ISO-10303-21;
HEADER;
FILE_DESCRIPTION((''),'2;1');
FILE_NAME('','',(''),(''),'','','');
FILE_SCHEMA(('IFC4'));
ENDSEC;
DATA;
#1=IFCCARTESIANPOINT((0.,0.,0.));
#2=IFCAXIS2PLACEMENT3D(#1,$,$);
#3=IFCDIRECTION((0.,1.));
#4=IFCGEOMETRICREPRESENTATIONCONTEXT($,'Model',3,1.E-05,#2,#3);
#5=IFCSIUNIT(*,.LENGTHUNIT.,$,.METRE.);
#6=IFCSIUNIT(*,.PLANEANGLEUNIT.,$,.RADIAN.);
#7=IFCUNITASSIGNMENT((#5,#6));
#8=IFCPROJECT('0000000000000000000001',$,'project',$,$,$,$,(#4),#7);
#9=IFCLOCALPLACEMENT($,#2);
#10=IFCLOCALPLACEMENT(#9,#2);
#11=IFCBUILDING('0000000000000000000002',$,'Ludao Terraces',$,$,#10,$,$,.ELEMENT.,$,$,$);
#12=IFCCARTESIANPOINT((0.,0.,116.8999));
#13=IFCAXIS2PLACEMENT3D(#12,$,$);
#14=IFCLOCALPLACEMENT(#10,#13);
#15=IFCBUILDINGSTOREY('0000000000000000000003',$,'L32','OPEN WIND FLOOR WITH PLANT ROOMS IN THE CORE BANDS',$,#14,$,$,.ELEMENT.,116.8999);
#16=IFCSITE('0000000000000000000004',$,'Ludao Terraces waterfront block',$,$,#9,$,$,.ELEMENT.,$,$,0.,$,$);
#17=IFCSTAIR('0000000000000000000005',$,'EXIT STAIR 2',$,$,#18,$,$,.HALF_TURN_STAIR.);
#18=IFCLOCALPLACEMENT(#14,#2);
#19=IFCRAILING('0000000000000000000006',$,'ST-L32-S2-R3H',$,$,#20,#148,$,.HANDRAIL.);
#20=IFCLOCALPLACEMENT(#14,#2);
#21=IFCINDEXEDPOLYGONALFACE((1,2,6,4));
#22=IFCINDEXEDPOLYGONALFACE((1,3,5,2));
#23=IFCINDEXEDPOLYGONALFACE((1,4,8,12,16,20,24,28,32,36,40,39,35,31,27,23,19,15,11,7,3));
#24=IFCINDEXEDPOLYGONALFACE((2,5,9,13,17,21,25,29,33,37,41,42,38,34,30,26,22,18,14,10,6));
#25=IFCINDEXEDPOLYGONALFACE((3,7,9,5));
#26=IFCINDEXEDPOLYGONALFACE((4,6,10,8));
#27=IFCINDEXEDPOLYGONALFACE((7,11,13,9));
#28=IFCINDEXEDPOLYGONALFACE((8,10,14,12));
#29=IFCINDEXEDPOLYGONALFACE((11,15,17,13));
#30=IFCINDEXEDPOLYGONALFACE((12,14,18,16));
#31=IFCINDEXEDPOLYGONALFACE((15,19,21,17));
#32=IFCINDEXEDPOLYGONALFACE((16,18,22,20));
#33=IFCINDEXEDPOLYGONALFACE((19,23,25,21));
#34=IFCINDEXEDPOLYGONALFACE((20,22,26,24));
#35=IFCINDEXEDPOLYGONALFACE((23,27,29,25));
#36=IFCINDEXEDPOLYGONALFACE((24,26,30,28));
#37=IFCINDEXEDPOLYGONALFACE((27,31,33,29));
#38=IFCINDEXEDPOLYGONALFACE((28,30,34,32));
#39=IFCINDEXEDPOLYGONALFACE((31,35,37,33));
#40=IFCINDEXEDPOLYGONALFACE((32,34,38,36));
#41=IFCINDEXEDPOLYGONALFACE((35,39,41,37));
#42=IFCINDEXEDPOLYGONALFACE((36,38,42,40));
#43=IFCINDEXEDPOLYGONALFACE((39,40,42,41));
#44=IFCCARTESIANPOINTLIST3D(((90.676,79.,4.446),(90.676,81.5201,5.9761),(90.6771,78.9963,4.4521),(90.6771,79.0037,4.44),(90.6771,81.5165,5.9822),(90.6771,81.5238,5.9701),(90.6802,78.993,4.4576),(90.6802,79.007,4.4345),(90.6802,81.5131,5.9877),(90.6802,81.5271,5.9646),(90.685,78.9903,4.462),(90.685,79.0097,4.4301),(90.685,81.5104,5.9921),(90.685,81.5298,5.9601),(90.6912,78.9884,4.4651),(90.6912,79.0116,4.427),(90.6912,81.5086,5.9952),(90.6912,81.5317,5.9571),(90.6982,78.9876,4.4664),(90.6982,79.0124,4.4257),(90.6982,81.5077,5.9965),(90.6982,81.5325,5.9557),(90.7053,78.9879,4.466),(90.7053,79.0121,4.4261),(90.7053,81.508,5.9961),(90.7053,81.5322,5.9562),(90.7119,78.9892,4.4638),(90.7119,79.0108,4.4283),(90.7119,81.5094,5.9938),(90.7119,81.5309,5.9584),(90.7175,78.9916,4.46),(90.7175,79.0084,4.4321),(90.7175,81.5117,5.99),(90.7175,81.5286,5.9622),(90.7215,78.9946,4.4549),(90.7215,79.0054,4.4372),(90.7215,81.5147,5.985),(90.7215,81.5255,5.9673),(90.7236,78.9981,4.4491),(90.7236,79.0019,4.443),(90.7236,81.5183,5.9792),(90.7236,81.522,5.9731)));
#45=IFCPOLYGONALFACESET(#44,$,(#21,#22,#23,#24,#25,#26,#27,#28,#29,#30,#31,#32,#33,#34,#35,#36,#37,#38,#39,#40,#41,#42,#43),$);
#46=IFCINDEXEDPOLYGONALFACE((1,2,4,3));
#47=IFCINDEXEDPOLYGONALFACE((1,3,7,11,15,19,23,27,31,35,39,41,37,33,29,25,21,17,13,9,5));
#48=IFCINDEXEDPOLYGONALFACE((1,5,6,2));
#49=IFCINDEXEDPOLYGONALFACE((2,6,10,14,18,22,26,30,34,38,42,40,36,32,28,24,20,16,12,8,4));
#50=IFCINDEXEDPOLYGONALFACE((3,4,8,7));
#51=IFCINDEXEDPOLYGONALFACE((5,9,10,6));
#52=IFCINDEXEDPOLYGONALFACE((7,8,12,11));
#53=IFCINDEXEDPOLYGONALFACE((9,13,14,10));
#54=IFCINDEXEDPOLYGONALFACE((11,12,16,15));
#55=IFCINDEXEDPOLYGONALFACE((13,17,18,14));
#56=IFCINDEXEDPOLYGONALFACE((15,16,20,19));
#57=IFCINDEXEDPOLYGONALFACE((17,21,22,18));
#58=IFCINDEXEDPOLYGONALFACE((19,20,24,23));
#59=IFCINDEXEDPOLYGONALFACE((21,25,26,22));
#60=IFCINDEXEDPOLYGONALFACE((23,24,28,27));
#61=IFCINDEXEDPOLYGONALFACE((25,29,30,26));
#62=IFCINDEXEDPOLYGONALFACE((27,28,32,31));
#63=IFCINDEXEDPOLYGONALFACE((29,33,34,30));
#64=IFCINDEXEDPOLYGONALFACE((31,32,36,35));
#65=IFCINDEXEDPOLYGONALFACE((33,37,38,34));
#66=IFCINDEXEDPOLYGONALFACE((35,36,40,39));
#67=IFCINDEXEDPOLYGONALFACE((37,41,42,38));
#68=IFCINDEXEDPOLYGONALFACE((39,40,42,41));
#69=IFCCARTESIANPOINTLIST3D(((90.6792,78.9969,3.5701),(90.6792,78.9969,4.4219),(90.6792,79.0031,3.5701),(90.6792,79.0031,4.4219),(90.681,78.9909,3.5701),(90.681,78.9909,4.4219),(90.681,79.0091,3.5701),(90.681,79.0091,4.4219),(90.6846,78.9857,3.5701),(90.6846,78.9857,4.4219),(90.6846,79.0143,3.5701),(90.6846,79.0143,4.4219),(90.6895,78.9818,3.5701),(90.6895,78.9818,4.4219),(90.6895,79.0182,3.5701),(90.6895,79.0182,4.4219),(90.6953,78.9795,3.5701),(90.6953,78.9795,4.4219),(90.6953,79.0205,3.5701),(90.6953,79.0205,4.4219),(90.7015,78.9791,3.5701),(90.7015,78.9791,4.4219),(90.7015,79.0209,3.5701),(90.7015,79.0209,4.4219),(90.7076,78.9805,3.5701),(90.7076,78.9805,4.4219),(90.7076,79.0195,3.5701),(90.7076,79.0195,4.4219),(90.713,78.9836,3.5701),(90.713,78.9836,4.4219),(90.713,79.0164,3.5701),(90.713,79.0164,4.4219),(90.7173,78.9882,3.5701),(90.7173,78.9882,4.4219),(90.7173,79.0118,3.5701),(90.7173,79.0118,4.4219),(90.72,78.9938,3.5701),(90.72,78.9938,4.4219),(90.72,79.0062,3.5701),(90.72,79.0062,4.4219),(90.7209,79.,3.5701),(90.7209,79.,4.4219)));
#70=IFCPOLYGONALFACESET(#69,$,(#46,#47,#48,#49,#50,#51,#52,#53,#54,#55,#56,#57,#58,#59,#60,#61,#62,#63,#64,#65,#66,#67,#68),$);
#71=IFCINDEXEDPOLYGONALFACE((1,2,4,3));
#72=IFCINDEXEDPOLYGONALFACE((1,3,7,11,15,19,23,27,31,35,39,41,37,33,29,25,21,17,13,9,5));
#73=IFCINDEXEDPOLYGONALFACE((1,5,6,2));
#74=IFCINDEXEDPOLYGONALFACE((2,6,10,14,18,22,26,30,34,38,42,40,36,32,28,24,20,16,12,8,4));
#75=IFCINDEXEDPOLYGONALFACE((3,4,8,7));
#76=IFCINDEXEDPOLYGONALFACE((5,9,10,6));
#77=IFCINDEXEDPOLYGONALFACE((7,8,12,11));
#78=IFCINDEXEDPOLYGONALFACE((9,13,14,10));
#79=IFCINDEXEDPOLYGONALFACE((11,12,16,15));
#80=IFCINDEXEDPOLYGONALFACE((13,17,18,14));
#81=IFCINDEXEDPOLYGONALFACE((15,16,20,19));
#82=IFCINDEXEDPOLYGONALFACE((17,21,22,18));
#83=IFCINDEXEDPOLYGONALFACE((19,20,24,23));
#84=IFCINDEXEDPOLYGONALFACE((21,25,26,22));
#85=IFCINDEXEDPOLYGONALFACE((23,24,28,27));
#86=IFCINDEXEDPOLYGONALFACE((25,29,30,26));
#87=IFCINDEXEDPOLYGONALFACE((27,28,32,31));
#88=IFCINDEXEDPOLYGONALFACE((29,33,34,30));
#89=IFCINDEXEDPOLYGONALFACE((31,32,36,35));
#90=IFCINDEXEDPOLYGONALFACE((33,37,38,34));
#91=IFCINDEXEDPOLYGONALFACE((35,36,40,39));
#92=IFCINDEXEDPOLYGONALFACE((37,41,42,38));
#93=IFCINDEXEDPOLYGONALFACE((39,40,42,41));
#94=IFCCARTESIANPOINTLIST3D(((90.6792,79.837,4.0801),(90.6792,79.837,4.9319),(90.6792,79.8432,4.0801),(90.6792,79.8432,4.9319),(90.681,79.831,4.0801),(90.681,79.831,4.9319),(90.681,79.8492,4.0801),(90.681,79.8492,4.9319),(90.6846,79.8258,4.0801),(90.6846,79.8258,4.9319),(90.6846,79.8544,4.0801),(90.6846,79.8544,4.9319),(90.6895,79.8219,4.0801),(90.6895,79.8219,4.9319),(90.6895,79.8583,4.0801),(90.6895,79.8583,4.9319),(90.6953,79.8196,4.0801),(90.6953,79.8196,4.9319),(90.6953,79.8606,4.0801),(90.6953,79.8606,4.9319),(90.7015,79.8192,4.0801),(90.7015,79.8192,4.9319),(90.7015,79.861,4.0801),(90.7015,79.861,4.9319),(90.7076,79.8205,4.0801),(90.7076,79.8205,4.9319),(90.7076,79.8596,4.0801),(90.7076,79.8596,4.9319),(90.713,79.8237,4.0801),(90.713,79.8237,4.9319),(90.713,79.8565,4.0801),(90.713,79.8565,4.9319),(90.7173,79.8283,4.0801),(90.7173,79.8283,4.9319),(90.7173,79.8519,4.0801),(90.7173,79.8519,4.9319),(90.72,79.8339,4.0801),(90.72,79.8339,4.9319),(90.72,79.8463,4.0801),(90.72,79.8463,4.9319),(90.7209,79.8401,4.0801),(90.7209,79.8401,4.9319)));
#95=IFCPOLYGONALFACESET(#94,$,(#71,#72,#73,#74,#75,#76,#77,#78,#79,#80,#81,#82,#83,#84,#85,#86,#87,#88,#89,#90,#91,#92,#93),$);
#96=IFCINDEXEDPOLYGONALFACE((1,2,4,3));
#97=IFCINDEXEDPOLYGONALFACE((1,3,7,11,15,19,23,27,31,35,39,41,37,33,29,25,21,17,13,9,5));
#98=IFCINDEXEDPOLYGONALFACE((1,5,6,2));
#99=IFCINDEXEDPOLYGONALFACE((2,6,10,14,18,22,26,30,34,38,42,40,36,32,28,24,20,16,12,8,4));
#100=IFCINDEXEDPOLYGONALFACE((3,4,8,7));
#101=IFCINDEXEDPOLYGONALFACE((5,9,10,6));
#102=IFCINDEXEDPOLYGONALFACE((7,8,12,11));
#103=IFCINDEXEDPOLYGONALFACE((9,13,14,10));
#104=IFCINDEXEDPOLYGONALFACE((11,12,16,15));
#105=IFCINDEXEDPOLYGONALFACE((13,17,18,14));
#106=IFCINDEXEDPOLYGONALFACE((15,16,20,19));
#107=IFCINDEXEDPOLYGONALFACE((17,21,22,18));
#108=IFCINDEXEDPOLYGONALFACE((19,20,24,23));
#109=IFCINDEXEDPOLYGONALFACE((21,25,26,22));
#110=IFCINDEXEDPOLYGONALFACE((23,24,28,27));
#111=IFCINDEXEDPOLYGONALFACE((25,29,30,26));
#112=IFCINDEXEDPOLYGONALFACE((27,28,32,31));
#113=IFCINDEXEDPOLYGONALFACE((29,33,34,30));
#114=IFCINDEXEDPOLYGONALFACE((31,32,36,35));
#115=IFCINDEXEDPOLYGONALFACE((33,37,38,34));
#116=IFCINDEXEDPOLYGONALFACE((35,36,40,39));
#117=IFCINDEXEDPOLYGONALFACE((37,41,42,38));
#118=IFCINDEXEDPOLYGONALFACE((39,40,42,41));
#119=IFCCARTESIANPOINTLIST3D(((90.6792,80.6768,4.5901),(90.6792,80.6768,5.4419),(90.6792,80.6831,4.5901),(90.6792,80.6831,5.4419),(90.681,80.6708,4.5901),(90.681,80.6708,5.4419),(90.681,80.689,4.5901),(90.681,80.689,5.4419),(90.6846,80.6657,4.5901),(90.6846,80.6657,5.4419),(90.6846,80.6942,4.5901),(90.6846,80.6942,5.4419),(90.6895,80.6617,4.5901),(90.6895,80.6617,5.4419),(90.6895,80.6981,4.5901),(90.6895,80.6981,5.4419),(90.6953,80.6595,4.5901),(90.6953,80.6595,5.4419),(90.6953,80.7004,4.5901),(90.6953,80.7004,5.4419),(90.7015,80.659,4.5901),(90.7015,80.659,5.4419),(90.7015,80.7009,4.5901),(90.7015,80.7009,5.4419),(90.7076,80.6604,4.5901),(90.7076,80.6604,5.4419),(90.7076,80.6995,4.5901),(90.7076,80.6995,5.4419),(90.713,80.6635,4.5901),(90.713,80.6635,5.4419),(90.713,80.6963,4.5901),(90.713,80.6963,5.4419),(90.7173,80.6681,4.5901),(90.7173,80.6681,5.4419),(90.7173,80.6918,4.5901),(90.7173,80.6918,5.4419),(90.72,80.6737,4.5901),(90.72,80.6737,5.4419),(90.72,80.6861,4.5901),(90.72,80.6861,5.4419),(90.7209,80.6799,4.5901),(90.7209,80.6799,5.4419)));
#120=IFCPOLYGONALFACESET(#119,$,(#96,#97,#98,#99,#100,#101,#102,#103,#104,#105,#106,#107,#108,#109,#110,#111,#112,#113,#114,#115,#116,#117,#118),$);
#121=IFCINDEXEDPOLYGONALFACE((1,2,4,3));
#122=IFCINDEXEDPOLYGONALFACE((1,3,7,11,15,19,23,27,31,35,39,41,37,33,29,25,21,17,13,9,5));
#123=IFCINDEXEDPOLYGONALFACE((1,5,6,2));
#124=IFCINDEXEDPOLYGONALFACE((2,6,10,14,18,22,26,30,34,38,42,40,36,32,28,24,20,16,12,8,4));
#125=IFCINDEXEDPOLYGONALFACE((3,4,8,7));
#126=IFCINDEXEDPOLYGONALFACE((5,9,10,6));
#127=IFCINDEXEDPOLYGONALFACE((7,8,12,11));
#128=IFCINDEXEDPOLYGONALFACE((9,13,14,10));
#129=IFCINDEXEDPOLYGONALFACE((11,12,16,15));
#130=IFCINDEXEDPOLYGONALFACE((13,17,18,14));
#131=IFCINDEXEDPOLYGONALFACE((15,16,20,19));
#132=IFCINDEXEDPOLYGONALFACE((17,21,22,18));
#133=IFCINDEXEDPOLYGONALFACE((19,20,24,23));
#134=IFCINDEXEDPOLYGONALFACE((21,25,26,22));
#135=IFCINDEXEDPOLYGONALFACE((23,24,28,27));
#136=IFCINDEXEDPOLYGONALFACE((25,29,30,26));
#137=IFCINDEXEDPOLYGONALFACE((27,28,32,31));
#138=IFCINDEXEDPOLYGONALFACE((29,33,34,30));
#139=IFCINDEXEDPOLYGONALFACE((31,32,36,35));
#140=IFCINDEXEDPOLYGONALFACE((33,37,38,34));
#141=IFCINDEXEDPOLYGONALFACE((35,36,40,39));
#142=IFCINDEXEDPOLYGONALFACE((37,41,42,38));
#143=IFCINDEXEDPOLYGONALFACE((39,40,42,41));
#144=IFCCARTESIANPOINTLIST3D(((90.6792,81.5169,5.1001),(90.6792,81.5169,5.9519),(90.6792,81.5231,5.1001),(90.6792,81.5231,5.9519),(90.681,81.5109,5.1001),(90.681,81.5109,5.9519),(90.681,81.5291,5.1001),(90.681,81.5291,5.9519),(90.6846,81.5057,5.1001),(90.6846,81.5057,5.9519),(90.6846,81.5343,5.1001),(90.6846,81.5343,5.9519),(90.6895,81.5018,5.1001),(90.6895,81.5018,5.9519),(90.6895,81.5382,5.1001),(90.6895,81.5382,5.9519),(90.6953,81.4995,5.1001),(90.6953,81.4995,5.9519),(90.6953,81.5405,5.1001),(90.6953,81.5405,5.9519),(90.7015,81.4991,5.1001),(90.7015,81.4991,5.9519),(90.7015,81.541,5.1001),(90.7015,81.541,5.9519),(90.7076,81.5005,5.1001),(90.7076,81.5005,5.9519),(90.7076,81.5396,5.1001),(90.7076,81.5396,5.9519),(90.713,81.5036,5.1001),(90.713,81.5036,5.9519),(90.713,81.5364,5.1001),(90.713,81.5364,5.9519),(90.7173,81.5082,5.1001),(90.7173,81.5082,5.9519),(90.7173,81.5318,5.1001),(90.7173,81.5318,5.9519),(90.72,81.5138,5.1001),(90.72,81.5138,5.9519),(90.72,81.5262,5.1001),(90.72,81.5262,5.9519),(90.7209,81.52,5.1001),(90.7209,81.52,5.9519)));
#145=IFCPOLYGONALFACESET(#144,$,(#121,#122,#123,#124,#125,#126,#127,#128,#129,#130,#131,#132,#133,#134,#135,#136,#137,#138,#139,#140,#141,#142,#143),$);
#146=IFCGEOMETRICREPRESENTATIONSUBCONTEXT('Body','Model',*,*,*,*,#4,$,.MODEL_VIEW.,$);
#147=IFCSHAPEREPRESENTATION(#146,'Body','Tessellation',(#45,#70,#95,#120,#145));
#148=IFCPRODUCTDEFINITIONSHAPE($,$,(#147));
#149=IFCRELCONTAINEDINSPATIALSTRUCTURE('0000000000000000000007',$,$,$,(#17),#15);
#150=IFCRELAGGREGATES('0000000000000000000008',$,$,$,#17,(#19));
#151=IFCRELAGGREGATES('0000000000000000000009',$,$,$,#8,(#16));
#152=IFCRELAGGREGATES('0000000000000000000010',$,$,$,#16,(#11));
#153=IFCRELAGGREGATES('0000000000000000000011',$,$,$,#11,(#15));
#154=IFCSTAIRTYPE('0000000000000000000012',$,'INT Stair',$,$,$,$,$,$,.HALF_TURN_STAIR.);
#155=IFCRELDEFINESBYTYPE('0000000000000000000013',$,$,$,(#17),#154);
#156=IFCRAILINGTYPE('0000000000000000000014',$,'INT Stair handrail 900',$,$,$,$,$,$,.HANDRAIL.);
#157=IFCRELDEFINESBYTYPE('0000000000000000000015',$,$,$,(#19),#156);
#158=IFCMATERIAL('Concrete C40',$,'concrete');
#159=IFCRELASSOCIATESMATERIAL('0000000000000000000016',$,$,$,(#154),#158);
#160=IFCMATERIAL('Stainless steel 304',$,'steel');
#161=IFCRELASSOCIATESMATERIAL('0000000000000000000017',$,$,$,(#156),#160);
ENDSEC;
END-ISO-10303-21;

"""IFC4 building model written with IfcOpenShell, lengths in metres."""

from ifc_helpers import new_model, si_unit, direction, frame, origin, origin_2d, place, context, subcontext, project, spatial, circle, extrude, material, type_object, element, aggregate, save


model = new_model("IFC4")

# Units and contexts
model_context = context("Model", 3, precision=1e-05, world=origin(), true_north=direction((0.0, 1.0)))
body_context = subcontext(model_context, "Body", "Model", "MODEL_VIEW")
ifc_project = project(units=[si_unit("LENGTHUNIT", "METRE"), si_unit("PLANEANGLEUNIT", "RADIAN")], contexts=[model_context])

# Site, building, storey
site_placement = place(None, origin())
site = spatial("IfcSite", under=ifc_project, at=site_placement, Name="Ludao Terraces waterfront block", CompositionType="ELEMENT", RefElevation=0.0)
building_placement = place(site_placement, origin())
building = spatial("IfcBuilding", under=site, at=building_placement, Name="Ludao Terraces", CompositionType="ELEMENT")
storey_placement = place(building_placement, frame((0.0, 0.0, 116.8999)))
storey = spatial("IfcBuildingStorey", under=building, at=storey_placement, Name="L32", Description="OPEN WIND FLOOR WITH PLANT ROOMS IN THE CORE BANDS", CompositionType="ELEMENT", Elevation=116.8999)

# Stair, railing
ifc_material_1 = material(Name="Concrete C40", Category="concrete")
stair_type = type_object("IfcStairType", Name="INT Stair", PredefinedType="HALF_TURN_STAIR", material=ifc_material_1)
stair_placement = place(storey_placement, origin())
stair = element("IfcStair", 1, at=stair_placement, inside=storey, type_object=stair_type, Name="EXIT STAIR 2", PredefinedType="HALF_TURN_STAIR")
ifc_material_2 = material(Name="Stainless steel 304", Category="steel")
railing_type = type_object("IfcRailingType", Name="INT Stair handrail 900", PredefinedType="HANDRAIL", material=ifc_material_2)
railing_1_placement = place(storey_placement, frame((90.7, 79.0, 3.5701)))
railing_1 = element("IfcRailing", 2, at=railing_1_placement, type_object=railing_type, Name="ST-L32-S2-R3H", PredefinedType="HANDRAIL", context=body_context, shape_type="SweptSolid", body=[
    extrude(circle(Radius=0.0239, at=origin_2d()), frame((0.0, 0.0, 0.876), z_axis=(0.0, 0.854785, 0.518982), x_axis=(-1.0, 0.0, 0.0)), (0.0, 0.0, 1.0), 2.9482),
    extrude(circle(Radius=0.021, at=origin_2d()), origin(), (0.0, 0.0, 1.0), 0.8518),
    extrude(circle(Radius=0.021, at=origin_2d()), frame((0.0, 0.8401, 0.51)), (0.0, 0.0, 1.0), 0.8518),
    extrude(circle(Radius=0.021, at=origin_2d()), frame((0.0, 1.6799, 1.02)), (0.0, 0.0, 1.0), 0.8518),
    extrude(circle(Radius=0.021, at=origin_2d()), frame((0.0, 2.52, 1.53)), (0.0, 0.0, 1.0), 0.8518),
])
aggregate(stair, [railing_1])

save(model, "model.ifc")
